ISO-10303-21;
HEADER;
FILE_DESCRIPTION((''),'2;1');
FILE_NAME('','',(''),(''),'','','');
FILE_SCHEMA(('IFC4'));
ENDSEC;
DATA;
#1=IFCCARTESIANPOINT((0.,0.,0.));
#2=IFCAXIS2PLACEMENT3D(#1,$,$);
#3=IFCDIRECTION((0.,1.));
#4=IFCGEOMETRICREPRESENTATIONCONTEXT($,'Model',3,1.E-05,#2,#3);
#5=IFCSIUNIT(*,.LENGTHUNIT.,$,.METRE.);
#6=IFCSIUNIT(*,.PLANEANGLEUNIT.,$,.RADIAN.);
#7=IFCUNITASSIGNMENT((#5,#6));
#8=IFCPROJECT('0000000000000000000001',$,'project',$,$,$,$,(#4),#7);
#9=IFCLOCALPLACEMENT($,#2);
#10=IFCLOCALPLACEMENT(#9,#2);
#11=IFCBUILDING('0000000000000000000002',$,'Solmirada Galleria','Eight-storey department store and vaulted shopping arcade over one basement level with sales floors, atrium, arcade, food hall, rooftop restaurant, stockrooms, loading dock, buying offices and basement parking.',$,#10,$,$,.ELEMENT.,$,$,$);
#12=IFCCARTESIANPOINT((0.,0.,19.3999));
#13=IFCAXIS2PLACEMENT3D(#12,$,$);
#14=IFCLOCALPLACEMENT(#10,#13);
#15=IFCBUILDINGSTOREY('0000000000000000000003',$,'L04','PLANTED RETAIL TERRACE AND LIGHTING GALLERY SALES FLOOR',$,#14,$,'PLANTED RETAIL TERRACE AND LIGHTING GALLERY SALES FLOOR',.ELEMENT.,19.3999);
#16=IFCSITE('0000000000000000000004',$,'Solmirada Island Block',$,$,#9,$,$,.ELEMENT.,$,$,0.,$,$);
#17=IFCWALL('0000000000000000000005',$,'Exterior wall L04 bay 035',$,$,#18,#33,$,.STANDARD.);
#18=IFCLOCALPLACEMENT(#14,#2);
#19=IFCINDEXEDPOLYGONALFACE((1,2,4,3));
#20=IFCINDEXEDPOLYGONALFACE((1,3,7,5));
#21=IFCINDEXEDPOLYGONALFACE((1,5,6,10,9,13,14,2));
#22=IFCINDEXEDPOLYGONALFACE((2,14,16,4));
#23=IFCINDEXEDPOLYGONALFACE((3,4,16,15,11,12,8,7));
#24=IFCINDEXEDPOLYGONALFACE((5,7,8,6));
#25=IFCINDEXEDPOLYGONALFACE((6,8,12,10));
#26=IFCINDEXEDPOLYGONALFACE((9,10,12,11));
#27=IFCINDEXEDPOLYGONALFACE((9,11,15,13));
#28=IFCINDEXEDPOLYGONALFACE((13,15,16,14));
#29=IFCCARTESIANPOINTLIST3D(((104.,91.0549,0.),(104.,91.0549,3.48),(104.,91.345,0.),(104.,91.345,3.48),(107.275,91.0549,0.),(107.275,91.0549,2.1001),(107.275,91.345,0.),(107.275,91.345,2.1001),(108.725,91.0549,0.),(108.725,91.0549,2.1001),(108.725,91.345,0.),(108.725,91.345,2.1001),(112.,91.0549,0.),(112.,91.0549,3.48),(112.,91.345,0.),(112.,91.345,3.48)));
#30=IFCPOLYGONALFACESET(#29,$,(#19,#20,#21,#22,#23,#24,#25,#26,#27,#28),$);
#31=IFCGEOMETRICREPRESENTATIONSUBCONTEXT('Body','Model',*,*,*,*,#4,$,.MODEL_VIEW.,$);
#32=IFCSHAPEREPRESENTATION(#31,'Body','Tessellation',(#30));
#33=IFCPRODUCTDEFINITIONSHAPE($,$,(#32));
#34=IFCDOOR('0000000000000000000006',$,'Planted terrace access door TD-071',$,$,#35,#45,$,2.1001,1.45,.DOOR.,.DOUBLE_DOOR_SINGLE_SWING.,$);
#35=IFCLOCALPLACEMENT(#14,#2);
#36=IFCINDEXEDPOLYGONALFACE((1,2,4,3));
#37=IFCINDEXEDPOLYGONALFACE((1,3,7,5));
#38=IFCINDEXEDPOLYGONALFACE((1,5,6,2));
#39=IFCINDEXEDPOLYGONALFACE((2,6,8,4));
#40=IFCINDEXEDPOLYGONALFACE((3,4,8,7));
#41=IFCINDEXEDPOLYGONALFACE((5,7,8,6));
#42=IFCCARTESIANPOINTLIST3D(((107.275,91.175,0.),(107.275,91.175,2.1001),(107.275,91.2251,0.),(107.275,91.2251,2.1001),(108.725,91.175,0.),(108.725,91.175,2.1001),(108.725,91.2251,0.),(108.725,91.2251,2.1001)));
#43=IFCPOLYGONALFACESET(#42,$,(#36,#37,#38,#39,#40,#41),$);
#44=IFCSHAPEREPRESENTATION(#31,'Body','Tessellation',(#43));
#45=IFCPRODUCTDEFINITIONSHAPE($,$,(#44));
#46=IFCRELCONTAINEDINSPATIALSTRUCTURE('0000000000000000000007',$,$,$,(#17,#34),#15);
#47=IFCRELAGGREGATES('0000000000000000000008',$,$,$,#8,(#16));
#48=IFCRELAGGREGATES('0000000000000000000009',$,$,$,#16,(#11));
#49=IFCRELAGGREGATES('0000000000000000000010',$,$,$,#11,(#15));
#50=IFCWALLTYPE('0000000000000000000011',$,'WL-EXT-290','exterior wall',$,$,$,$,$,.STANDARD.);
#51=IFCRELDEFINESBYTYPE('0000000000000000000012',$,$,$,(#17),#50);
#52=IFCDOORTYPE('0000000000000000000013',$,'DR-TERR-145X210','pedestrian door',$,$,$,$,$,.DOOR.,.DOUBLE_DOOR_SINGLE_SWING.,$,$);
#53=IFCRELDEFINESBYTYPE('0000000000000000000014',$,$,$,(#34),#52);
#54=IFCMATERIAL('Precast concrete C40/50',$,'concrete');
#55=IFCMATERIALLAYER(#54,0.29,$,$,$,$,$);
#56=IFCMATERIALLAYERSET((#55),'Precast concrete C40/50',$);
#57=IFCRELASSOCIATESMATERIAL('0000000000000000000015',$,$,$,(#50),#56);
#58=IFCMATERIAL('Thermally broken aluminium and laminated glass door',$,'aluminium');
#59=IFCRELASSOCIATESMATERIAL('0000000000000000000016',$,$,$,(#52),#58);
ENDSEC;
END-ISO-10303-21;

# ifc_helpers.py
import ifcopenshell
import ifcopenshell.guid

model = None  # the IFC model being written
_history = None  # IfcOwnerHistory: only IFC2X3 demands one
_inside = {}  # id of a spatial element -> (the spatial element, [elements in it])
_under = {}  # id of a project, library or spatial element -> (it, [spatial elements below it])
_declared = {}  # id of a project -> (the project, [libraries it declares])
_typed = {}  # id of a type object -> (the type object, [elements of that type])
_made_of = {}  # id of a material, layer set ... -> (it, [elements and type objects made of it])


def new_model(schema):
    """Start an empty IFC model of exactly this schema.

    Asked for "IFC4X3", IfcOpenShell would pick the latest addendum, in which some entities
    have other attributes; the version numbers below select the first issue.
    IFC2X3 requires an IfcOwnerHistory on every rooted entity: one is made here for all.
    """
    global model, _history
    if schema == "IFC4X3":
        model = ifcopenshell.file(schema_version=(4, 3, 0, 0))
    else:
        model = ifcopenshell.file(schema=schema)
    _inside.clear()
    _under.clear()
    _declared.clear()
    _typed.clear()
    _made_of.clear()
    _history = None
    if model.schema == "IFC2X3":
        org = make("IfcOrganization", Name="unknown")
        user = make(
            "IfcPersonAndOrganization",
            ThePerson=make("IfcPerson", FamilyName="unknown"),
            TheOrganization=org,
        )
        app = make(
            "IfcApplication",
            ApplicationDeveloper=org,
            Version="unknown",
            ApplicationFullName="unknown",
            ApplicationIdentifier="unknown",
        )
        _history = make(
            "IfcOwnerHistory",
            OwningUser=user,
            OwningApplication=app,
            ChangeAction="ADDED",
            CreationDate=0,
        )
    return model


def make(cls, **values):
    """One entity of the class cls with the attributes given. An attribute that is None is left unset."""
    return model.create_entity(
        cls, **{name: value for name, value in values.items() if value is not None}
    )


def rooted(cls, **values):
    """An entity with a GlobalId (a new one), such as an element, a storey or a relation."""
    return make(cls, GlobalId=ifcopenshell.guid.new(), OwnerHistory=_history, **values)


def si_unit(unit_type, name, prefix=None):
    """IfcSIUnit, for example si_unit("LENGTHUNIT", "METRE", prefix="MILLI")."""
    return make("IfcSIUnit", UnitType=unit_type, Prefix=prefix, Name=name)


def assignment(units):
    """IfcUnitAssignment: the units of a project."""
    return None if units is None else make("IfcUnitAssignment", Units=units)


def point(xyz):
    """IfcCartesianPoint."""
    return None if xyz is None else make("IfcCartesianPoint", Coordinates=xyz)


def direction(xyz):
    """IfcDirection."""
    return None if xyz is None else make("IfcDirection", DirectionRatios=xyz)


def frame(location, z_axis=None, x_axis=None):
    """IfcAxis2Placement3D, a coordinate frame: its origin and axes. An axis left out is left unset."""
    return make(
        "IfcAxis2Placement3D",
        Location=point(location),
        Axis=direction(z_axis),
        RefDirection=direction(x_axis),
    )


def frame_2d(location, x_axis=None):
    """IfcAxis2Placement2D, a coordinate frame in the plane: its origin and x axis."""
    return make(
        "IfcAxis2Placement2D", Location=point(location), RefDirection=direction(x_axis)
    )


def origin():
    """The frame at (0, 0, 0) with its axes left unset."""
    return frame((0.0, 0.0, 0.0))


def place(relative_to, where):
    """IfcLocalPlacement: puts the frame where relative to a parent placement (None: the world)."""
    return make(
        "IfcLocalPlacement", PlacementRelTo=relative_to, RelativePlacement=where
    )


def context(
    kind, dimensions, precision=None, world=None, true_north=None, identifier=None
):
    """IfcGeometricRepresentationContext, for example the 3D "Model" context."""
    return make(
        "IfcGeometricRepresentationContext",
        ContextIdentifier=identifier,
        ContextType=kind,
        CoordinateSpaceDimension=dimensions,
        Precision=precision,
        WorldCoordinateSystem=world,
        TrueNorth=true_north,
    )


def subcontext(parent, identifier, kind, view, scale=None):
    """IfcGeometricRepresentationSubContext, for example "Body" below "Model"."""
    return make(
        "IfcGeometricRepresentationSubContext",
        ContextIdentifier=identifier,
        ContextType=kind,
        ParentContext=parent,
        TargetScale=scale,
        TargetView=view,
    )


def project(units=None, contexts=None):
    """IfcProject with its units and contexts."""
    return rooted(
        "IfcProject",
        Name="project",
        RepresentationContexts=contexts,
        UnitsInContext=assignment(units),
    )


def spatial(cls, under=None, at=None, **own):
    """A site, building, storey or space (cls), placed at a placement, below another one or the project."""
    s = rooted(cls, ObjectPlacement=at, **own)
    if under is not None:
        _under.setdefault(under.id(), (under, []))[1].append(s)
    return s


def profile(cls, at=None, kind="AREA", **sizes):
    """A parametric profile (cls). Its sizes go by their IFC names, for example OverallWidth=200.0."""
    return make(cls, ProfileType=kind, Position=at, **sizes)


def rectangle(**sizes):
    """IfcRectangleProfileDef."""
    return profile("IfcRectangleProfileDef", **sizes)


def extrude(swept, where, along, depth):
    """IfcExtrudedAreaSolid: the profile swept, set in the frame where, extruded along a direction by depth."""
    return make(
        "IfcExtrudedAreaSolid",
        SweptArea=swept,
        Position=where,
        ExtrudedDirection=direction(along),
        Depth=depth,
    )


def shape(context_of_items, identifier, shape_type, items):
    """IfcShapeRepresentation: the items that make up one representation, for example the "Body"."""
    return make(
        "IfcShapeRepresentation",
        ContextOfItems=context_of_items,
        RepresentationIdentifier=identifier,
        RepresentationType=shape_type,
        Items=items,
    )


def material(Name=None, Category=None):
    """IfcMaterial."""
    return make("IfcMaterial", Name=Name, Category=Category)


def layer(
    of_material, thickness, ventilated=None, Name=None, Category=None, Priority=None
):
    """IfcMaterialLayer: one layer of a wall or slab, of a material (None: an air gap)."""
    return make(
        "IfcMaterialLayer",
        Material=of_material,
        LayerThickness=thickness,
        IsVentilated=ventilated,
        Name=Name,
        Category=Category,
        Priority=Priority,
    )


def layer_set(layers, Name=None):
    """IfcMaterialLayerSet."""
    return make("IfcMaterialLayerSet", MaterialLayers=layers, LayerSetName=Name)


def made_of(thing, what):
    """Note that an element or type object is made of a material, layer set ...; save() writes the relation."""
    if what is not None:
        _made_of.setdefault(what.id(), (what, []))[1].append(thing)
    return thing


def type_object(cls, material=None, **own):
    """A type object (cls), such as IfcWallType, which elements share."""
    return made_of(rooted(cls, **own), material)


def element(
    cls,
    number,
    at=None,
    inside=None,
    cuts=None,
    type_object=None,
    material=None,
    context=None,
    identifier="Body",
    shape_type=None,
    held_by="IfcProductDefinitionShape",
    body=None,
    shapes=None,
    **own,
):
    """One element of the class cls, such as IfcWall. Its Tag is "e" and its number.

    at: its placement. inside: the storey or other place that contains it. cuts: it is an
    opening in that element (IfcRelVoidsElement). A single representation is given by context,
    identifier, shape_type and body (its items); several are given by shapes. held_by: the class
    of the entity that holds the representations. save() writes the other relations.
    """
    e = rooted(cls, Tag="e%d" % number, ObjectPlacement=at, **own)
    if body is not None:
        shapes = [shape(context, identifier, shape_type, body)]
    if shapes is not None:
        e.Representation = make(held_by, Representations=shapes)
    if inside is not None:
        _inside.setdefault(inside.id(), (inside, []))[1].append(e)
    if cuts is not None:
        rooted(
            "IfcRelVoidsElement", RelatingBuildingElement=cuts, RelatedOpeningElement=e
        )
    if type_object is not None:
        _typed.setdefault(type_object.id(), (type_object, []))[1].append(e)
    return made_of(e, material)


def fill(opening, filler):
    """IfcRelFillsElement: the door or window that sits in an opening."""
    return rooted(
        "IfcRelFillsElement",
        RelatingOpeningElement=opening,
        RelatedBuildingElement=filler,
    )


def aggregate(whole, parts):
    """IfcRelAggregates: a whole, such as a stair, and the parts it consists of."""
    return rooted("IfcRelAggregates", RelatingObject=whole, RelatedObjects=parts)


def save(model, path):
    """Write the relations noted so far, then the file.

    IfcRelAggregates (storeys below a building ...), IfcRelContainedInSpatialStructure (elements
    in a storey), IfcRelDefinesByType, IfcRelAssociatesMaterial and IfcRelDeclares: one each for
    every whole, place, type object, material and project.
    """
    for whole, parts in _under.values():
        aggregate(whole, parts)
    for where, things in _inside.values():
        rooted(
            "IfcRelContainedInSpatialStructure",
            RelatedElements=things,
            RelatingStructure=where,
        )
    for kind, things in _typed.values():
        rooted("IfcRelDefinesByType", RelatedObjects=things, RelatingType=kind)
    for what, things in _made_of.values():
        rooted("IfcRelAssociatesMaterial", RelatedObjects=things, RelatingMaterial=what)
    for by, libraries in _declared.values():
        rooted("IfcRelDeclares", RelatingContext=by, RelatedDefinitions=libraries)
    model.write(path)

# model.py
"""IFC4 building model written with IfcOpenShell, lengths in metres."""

from ifc_helpers import new_model, si_unit, direction, frame, frame_2d, origin, place, context, subcontext, project, spatial, rectangle, extrude, material, layer, layer_set, type_object, element, fill, save


model = new_model("IFC4")

# Units and contexts
model_context = context("Model", 3, precision=1e-05, world=origin(), true_north=direction((0.0, 1.0)))
body_context = subcontext(model_context, "Body", "Model", "MODEL_VIEW")
ifc_project = project(units=[si_unit("LENGTHUNIT", "METRE"), si_unit("PLANEANGLEUNIT", "RADIAN")], contexts=[model_context])

# Site, building, storey
site_placement = place(None, origin())
site = spatial("IfcSite", under=ifc_project, at=site_placement, Name="Solmirada Island Block", CompositionType="ELEMENT", RefElevation=0.0)
building_placement = place(site_placement, origin())
building = spatial("IfcBuilding", under=site, at=building_placement, Name="Solmirada Galleria", Description="Eight-storey department store and vaulted shopping arcade over one basement level with sales floors, atrium, arcade, food hall, rooftop restaurant, stockrooms, loading dock, buying offices and basement parking.", CompositionType="ELEMENT")
storey_placement = place(building_placement, frame((0.0, 0.0, 19.3999)))
storey = spatial("IfcBuildingStorey", under=building, at=storey_placement, Name="L04", Description="PLANTED RETAIL TERRACE AND LIGHTING GALLERY SALES FLOOR", LongName="PLANTED RETAIL TERRACE AND LIGHTING GALLERY SALES FLOOR", CompositionType="ELEMENT", Elevation=19.3999)

# Shared definitions
ifc_material_1 = material(Name="Precast concrete C40/50", Category="concrete")
ifc_layer_1 = layer(ifc_material_1, 0.29)
ifc_layer_set_1 = layer_set([ifc_layer_1], Name="Precast concrete C40/50")
wall_type = type_object("IfcWallType", Name="WL-EXT-290", Description="exterior wall", PredefinedType="STANDARD", material=ifc_layer_set_1)

# Wall, opening, door
wall_1_placement = place(storey_placement, frame((112.0, 91.2, 0.0), z_axis=(0.0, 0.0, 1.0), x_axis=(-1.0, 0.0, 0.0)))
wall_1 = element("IfcWall", 1, at=wall_1_placement, inside=storey, type_object=wall_type, Name="Exterior wall L04 bay 035", PredefinedType="STANDARD", context=body_context, shape_type="SweptSolid", body=[
    extrude(rectangle(XDim=8.0, YDim=0.29, at=frame_2d((4.0, 0.0))), origin(), (0.0, 0.0, 1.0), 3.48),
])
opening_placement = place(wall_1_placement, frame((3.2749, 0.0, 0.0)))
opening = element("IfcOpeningElement", 2, at=opening_placement, cuts=wall_1, PredefinedType="OPENING", context=body_context, shape_type="SweptSolid", body=[
    extrude(rectangle(XDim=1.45, YDim=2.1001, at=frame_2d((0.7251, 1.05))), frame((0.0, 0.155, 0.0), z_axis=(0.0, -1.0, 0.0), x_axis=(1.0, 0.0, 0.0)), (0.0, 0.0, 1.0), 0.3101),
])
ifc_material_2 = material(Name="Thermally broken aluminium and laminated glass door", Category="aluminium")
door_type = type_object("IfcDoorType", Name="DR-TERR-145X210", Description="pedestrian door", OperationType="DOUBLE_DOOR_SINGLE_SWING", PredefinedType="DOOR", material=ifc_material_2)
door_placement = place(opening_placement, origin())
door = element("IfcDoor", 3, at=door_placement, inside=storey, type_object=door_type, Name="Planted terrace access door TD-071", OperationType="DOUBLE_DOOR_SINGLE_SWING", OverallHeight=2.1001, OverallWidth=1.45, PredefinedType="DOOR", context=body_context, shape_type="SweptSolid", body=[
    extrude(rectangle(XDim=1.45, YDim=2.1001, at=frame_2d((0.7251, 1.05))), frame((0.0, 0.0249, 0.0), z_axis=(0.0, -1.0, 0.0), x_axis=(1.0, 0.0, 0.0)), (0.0, 0.0, 1.0), 0.05),
])
fill(opening, door)

save(model, "model.ifc")
